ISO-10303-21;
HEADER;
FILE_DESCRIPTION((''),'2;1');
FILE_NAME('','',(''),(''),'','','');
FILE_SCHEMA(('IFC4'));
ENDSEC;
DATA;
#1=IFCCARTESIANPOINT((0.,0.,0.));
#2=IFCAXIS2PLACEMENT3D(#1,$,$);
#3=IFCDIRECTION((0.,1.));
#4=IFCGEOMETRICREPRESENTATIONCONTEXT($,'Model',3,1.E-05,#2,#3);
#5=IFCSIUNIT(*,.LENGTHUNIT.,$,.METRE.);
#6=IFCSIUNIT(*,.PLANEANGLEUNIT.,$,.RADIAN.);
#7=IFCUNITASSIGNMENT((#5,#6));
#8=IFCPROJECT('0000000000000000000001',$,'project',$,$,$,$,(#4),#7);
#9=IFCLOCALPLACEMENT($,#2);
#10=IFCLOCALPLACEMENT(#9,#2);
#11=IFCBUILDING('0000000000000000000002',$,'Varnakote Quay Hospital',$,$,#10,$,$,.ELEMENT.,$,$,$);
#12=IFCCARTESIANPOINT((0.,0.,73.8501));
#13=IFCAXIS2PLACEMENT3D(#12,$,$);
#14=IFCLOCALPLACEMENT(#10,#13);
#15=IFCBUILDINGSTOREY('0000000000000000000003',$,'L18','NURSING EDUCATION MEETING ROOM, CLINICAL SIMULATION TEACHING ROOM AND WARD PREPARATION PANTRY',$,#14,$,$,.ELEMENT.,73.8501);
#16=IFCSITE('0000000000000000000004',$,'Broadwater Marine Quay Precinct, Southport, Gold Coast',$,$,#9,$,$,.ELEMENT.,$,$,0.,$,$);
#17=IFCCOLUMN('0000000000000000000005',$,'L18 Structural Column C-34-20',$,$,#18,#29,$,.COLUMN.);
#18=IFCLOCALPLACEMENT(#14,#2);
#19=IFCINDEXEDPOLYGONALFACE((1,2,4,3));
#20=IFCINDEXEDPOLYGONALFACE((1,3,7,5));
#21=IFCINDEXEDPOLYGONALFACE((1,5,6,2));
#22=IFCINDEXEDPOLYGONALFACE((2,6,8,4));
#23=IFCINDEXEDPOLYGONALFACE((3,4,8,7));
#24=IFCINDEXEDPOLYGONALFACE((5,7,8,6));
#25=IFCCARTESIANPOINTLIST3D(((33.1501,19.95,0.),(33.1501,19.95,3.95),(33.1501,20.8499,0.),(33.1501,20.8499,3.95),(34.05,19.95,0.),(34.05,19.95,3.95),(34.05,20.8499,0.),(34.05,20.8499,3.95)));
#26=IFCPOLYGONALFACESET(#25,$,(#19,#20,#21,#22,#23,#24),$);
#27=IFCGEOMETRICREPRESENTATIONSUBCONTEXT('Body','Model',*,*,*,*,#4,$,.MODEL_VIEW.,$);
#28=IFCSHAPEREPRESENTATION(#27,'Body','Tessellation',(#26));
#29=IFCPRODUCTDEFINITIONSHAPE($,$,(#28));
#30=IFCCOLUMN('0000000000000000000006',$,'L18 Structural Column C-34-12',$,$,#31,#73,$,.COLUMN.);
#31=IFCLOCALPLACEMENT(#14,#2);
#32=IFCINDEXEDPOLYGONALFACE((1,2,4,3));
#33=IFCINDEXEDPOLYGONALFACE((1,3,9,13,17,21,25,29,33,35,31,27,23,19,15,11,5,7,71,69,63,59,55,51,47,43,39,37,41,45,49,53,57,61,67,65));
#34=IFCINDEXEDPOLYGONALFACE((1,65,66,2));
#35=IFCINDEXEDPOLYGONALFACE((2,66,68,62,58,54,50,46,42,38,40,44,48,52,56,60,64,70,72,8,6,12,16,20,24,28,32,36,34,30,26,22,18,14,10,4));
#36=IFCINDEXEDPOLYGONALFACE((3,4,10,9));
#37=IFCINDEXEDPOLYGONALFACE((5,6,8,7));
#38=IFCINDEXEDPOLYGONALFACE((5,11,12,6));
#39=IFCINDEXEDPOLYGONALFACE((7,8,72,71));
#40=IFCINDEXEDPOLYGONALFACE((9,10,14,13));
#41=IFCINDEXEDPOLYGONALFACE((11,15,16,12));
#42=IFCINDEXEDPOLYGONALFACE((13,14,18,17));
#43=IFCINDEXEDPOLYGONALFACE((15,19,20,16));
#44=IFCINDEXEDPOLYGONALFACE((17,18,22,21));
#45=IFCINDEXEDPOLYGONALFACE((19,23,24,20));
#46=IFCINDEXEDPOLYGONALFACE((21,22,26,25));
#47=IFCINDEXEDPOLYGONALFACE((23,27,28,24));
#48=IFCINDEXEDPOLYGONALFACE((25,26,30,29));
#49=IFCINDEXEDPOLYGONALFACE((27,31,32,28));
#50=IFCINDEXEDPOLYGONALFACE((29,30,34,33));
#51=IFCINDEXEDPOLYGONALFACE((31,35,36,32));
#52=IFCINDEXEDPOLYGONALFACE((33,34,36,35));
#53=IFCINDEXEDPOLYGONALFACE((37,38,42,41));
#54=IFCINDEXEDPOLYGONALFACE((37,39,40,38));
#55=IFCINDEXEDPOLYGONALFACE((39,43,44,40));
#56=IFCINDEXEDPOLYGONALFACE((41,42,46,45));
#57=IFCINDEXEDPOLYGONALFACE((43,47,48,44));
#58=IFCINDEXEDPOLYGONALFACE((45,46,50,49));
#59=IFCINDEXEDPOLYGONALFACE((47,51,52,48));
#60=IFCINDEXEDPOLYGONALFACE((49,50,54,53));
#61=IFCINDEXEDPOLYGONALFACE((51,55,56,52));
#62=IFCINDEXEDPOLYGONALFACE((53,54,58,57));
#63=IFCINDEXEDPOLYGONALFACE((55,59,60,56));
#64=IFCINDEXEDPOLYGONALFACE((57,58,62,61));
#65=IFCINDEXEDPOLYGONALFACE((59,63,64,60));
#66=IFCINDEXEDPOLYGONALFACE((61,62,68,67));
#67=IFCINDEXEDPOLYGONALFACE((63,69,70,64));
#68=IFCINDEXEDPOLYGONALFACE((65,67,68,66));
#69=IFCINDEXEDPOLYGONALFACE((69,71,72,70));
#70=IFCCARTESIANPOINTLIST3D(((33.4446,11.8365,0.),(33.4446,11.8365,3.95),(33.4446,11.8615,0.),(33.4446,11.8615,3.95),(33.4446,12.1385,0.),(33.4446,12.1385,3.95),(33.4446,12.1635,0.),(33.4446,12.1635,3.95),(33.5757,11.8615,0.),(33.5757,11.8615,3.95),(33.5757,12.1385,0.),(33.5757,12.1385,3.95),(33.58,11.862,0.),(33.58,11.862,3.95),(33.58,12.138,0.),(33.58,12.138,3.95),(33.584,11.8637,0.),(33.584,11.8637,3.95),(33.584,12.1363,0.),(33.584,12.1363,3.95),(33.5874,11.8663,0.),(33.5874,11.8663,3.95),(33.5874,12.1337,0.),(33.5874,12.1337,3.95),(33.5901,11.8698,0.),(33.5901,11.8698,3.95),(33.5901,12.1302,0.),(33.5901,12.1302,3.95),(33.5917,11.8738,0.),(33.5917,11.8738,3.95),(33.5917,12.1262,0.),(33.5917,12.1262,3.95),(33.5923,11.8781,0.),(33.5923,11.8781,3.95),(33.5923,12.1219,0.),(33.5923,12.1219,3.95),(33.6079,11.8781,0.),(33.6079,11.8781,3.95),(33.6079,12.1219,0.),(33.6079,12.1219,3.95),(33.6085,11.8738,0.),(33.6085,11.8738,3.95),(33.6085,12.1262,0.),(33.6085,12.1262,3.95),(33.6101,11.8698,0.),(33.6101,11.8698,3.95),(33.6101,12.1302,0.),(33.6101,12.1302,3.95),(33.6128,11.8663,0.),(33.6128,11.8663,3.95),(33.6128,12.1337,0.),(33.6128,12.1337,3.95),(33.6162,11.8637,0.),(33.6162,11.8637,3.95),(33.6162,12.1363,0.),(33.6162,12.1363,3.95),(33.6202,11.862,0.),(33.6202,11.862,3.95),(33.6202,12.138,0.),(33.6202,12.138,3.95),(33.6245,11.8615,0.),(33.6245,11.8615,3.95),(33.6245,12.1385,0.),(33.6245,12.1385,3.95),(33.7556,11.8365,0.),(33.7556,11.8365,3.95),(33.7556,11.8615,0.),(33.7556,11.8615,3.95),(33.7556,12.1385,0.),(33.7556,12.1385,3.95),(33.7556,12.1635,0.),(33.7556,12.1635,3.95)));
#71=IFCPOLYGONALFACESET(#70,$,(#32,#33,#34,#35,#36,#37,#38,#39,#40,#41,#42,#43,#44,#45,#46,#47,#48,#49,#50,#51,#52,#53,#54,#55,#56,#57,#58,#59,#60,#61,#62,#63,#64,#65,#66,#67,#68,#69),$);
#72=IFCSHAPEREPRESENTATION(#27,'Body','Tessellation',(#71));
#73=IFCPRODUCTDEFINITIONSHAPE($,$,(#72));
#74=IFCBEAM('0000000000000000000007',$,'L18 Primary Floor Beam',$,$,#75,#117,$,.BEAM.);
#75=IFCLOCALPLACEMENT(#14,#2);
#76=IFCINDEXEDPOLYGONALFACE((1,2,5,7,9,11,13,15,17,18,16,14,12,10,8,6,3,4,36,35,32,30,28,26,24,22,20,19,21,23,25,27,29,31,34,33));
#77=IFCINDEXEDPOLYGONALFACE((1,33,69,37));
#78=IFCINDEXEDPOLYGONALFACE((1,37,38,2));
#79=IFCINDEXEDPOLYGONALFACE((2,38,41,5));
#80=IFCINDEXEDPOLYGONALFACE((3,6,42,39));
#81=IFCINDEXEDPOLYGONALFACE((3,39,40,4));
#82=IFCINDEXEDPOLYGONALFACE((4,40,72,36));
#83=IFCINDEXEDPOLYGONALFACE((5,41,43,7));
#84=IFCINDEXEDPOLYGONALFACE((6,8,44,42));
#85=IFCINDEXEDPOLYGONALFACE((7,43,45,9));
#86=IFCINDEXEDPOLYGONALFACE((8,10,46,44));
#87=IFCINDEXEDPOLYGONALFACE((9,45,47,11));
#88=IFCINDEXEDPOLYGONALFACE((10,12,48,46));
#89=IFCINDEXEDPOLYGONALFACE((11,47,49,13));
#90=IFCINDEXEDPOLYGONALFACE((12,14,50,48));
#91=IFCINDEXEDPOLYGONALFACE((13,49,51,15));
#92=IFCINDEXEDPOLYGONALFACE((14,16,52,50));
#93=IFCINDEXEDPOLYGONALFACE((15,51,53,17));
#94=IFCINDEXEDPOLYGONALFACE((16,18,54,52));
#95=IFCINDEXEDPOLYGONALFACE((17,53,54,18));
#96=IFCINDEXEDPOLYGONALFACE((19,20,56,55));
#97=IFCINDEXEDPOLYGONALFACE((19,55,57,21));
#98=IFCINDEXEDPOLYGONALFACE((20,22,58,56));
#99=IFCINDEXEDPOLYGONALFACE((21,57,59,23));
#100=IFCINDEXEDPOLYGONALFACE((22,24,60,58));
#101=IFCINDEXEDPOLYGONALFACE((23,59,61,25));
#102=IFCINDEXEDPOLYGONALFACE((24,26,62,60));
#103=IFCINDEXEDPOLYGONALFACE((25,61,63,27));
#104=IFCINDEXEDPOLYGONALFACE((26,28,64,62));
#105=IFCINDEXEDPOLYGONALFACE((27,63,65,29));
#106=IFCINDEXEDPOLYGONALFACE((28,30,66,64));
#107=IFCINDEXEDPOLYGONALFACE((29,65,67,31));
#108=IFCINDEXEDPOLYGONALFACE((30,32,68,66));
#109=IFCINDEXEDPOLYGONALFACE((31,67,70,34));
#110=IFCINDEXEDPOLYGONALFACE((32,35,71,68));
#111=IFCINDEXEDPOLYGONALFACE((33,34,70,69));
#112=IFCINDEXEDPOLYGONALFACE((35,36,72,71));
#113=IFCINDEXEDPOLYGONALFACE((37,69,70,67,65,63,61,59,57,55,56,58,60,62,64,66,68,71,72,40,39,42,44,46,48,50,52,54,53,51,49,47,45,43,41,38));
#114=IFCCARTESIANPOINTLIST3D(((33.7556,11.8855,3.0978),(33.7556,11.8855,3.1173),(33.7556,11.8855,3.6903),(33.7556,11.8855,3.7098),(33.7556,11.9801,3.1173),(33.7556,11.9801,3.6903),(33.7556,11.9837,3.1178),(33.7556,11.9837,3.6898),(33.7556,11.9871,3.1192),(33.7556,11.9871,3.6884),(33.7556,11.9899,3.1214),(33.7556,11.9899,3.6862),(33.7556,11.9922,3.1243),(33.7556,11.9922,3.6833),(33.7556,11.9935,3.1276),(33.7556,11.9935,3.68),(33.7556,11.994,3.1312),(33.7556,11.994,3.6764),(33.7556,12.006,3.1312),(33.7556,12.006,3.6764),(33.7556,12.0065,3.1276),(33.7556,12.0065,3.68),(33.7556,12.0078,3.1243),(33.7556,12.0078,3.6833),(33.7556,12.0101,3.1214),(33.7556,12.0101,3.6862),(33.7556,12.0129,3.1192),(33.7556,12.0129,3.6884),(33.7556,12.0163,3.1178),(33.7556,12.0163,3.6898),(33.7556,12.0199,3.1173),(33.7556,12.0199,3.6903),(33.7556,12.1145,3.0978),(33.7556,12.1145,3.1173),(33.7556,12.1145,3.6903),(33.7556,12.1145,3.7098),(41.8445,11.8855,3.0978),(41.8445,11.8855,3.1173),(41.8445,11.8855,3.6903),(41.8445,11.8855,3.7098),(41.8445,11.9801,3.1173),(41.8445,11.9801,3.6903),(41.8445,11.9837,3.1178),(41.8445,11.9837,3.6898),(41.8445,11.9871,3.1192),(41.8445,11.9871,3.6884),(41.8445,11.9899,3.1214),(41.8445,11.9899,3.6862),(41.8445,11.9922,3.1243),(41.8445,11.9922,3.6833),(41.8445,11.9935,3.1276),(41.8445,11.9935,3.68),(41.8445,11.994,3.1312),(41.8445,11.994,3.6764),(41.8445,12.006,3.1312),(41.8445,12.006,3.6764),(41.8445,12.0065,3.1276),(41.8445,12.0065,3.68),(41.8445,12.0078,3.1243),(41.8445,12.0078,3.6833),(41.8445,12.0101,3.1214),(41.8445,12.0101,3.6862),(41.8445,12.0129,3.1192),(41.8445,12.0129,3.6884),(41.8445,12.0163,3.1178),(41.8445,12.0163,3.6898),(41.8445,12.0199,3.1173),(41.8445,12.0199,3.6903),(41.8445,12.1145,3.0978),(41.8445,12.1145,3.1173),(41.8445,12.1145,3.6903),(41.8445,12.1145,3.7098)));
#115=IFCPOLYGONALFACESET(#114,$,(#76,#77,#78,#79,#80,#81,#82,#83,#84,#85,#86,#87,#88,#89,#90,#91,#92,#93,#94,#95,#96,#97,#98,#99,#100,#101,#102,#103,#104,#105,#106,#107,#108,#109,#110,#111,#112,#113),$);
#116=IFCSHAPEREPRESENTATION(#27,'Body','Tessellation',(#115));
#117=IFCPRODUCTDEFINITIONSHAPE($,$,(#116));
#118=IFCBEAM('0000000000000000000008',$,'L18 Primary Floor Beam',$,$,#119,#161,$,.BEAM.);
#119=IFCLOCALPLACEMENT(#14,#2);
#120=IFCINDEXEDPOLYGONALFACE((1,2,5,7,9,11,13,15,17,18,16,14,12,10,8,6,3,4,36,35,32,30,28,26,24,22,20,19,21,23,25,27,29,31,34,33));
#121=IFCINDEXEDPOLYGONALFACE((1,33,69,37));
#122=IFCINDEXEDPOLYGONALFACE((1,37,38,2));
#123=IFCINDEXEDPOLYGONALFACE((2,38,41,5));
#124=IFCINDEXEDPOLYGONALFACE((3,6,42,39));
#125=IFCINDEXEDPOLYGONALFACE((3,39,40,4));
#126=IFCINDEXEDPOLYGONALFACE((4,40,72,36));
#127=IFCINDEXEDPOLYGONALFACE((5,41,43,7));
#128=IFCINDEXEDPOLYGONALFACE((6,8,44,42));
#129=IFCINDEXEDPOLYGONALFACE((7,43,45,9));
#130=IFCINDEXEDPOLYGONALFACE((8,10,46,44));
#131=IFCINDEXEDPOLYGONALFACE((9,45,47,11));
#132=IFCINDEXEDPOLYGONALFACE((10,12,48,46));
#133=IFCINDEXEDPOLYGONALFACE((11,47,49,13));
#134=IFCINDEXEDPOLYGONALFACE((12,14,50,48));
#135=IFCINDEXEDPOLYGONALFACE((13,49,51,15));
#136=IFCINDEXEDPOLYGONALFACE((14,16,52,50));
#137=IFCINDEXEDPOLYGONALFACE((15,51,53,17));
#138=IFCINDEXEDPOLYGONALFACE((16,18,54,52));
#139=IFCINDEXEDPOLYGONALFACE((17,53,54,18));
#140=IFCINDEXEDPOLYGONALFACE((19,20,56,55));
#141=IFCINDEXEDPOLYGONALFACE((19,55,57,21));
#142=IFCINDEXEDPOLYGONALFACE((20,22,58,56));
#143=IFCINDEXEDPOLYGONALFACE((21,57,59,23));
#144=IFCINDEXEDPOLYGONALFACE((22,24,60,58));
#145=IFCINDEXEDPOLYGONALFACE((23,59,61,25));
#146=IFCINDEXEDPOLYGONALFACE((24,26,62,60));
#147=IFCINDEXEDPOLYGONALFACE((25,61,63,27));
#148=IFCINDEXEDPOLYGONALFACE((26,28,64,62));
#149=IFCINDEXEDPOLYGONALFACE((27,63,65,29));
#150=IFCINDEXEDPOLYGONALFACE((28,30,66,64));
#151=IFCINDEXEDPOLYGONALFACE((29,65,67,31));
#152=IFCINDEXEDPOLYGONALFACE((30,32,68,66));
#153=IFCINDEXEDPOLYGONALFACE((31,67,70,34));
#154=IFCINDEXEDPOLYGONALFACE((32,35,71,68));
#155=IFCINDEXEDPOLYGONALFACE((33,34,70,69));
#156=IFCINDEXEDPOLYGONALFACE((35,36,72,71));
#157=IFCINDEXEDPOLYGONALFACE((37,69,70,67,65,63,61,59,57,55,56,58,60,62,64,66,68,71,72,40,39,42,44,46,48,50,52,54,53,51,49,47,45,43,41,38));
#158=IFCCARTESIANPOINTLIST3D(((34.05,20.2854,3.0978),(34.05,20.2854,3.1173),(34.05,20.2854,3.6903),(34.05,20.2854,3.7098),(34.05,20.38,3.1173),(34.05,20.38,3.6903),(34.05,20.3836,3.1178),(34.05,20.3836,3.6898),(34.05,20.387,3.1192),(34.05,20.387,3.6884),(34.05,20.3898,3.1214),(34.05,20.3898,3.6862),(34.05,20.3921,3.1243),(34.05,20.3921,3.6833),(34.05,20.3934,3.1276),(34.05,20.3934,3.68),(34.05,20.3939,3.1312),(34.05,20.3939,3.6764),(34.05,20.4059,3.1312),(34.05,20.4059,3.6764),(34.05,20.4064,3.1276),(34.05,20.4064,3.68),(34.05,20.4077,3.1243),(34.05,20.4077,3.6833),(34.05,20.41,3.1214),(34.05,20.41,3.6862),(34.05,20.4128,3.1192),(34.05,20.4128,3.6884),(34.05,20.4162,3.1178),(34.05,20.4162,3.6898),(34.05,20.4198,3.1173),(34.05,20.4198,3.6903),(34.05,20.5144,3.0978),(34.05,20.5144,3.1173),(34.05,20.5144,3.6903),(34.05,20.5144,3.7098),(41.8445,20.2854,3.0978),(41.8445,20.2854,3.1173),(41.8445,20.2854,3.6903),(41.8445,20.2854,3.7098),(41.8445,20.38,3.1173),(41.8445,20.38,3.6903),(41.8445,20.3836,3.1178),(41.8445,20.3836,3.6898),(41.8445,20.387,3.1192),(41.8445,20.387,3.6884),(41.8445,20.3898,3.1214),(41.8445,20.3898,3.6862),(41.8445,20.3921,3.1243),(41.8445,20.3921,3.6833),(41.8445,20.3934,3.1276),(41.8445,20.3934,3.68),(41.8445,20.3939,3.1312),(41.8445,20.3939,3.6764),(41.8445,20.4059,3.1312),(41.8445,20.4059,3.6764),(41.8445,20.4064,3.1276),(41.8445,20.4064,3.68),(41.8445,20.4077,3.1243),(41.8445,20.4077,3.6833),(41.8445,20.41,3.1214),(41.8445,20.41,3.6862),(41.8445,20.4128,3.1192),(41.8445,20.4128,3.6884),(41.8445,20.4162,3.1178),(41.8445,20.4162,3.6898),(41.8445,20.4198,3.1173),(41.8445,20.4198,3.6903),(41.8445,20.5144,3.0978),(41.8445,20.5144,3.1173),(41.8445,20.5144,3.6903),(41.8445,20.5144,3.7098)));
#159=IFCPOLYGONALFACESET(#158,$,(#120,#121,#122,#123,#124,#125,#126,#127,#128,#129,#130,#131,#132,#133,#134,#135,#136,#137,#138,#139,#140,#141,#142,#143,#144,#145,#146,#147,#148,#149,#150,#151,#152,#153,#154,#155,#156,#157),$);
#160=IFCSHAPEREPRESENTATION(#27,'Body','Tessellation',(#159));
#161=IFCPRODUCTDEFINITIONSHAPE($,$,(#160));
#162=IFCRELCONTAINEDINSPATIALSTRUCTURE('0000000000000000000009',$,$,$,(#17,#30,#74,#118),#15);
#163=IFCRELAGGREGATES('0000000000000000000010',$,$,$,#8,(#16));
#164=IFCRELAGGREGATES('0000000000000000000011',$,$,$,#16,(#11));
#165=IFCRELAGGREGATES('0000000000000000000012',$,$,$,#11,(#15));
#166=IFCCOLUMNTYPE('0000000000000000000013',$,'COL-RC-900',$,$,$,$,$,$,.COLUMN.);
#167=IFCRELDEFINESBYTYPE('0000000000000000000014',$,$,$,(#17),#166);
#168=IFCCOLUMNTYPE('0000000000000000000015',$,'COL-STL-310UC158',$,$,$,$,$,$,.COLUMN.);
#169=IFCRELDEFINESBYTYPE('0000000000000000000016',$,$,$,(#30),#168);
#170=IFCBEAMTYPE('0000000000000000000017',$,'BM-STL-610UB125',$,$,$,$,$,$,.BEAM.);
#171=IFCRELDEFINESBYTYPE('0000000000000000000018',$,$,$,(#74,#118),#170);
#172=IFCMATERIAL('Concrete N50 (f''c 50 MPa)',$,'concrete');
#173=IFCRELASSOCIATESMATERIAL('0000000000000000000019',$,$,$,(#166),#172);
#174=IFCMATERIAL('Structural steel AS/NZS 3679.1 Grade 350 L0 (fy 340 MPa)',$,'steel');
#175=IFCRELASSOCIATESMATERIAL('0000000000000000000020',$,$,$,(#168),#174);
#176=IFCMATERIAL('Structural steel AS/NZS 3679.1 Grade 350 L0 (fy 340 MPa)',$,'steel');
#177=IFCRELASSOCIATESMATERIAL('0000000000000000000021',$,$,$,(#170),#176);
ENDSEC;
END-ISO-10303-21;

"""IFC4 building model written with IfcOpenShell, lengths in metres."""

from ifc_helpers import new_model, si_unit, direction, frame, origin, origin_2d, place, context, subcontext, project, spatial, rectangle, i_section, extrude, material, material_profile, profile_set, type_object, element, save


model = new_model("IFC4")

# Units and contexts
model_context = context("Model", 3, precision=1e-05, world=origin(), true_north=direction((0.0, 1.0)))
body_context = subcontext(model_context, "Body", "Model", "MODEL_VIEW")
ifc_project = project(units=[si_unit("LENGTHUNIT", "METRE"), si_unit("PLANEANGLEUNIT", "RADIAN")], contexts=[model_context])

# Site, building, storey
site_placement = place(None, origin())
site = spatial("IfcSite", under=ifc_project, at=site_placement, Name="Broadwater Marine Quay Precinct, Southport, Gold Coast", CompositionType="ELEMENT", RefElevation=0.0)
building_placement = place(site_placement, origin())
building = spatial("IfcBuilding", under=site, at=building_placement, Name="Varnakote Quay Hospital", CompositionType="ELEMENT")
storey_placement = place(building_placement, frame((0.0, 0.0, 73.8501)))
storey = spatial("IfcBuildingStorey", under=building, at=storey_placement, Name="L18", Description="NURSING EDUCATION MEETING ROOM, CLINICAL SIMULATION TEACHING ROOM AND WARD PREPARATION PANTRY", CompositionType="ELEMENT", Elevation=73.8501)

# Columns
ifc_material_1 = material(Name="Concrete N50 (f'c 50 MPa)", Category="concrete")
ifc_material_profile_1 = material_profile(ifc_material_1, rectangle(XDim=0.8999, YDim=0.8999, at=origin_2d()), Name="RC-COL-900x900")
ifc_profile_set_1 = profile_set([ifc_material_profile_1], Name="Concrete N50 (f'c 50 MPa)")
column_type_1 = type_object("IfcColumnType", Name="COL-RC-900", PredefinedType="COLUMN", material=ifc_profile_set_1)
column_1_placement = place(storey_placement, frame((33.6001, 20.3999, 0.0), z_axis=(0.0, 0.0, 1.0), x_axis=(1.0, 0.0, 0.0)))
element("IfcColumn", 1, at=column_1_placement, inside=storey, type_object=column_type_1, Name="L18 Structural Column C-34-20", PredefinedType="COLUMN", context=body_context, shape_type="SweptSolid", body=[
    extrude(rectangle(XDim=0.8999, YDim=0.8999, at=origin_2d()), origin(), (0.0, 0.0, 1.0), 3.95),
])
ifc_material_2 = material(Name="Structural steel AS/NZS 3679.1 Grade 350 L0 (fy 340 MPa)", Category="steel")
ifc_material_profile_2 = material_profile(ifc_material_2, i_section(OverallWidth=0.311, OverallDepth=0.3269, WebThickness=0.0156, FlangeThickness=0.0249, FilletRadius=0.0166, at=origin_2d()), Name="310UC158")
ifc_profile_set_2 = profile_set([ifc_material_profile_2], Name="Structural steel AS/NZS 3679.1 Grade 350 L0 (fy 340 MPa)")
column_type_2 = type_object("IfcColumnType", Name="COL-STL-310UC158", PredefinedType="COLUMN", material=ifc_profile_set_2)
column_2_placement = place(storey_placement, frame((33.6001, 12.0, 0.0), z_axis=(0.0, 0.0, 1.0), x_axis=(1.0, 0.0, 0.0)))
element("IfcColumn", 2, at=column_2_placement, inside=storey, type_object=column_type_2, Name="L18 Structural Column C-34-12", PredefinedType="COLUMN", context=body_context, shape_type="SweptSolid", body=[
    extrude(i_section(OverallWidth=0.311, OverallDepth=0.3269, WebThickness=0.0156, FlangeThickness=0.0249, FilletRadius=0.0166, at=origin_2d()), origin(), (0.0, 0.0, 1.0), 3.95),
])

# Beams
ifc_material_3 = material(Name="Structural steel AS/NZS 3679.1 Grade 350 L0 (fy 340 MPa)", Category="steel")
ifc_material_profile_3 = material_profile(ifc_material_3, i_section(OverallWidth=0.229, OverallDepth=0.6121, WebThickness=0.012, FlangeThickness=0.0195, FilletRadius=0.0139, at=origin_2d()), Name="610UB125")
ifc_profile_set_3 = profile_set([ifc_material_profile_3], Name="Structural steel AS/NZS 3679.1 Grade 350 L0 (fy 340 MPa)")
beam_type_1 = type_object("IfcBeamType", Name="BM-STL-610UB125", PredefinedType="BEAM", material=ifc_profile_set_3)
beam_1_placement = place(storey_placement, frame((33.7556, 12.0, 3.4038), z_axis=(1.0, 0.0, 0.0), x_axis=(0.0, 1.0, 0.0)))
element("IfcBeam", 3, at=beam_1_placement, inside=storey, type_object=beam_type_1, Name="L18 Primary Floor Beam", PredefinedType="BEAM", context=body_context, shape_type="SweptSolid", body=[
    extrude(i_section(OverallWidth=0.229, OverallDepth=0.6121, WebThickness=0.012, FlangeThickness=0.0195, FilletRadius=0.0139, at=origin_2d()), origin(), (0.0, 0.0, 1.0), 8.0889),
])
beam_2_placement = place(storey_placement, frame((34.05, 20.3999, 3.4038), z_axis=(1.0, 0.0, 0.0), x_axis=(0.0, 1.0, 0.0)))
element("IfcBeam", 4, at=beam_2_placement, inside=storey, type_object=beam_type_1, Name="L18 Primary Floor Beam", PredefinedType="BEAM", context=body_context, shape_type="SweptSolid", body=[
    extrude(i_section(OverallWidth=0.229, OverallDepth=0.6121, WebThickness=0.012, FlangeThickness=0.0195, FilletRadius=0.0139, at=origin_2d()), origin(), (0.0, 0.0, 1.0), 7.7944),
])

save(model, "model.ifc")
